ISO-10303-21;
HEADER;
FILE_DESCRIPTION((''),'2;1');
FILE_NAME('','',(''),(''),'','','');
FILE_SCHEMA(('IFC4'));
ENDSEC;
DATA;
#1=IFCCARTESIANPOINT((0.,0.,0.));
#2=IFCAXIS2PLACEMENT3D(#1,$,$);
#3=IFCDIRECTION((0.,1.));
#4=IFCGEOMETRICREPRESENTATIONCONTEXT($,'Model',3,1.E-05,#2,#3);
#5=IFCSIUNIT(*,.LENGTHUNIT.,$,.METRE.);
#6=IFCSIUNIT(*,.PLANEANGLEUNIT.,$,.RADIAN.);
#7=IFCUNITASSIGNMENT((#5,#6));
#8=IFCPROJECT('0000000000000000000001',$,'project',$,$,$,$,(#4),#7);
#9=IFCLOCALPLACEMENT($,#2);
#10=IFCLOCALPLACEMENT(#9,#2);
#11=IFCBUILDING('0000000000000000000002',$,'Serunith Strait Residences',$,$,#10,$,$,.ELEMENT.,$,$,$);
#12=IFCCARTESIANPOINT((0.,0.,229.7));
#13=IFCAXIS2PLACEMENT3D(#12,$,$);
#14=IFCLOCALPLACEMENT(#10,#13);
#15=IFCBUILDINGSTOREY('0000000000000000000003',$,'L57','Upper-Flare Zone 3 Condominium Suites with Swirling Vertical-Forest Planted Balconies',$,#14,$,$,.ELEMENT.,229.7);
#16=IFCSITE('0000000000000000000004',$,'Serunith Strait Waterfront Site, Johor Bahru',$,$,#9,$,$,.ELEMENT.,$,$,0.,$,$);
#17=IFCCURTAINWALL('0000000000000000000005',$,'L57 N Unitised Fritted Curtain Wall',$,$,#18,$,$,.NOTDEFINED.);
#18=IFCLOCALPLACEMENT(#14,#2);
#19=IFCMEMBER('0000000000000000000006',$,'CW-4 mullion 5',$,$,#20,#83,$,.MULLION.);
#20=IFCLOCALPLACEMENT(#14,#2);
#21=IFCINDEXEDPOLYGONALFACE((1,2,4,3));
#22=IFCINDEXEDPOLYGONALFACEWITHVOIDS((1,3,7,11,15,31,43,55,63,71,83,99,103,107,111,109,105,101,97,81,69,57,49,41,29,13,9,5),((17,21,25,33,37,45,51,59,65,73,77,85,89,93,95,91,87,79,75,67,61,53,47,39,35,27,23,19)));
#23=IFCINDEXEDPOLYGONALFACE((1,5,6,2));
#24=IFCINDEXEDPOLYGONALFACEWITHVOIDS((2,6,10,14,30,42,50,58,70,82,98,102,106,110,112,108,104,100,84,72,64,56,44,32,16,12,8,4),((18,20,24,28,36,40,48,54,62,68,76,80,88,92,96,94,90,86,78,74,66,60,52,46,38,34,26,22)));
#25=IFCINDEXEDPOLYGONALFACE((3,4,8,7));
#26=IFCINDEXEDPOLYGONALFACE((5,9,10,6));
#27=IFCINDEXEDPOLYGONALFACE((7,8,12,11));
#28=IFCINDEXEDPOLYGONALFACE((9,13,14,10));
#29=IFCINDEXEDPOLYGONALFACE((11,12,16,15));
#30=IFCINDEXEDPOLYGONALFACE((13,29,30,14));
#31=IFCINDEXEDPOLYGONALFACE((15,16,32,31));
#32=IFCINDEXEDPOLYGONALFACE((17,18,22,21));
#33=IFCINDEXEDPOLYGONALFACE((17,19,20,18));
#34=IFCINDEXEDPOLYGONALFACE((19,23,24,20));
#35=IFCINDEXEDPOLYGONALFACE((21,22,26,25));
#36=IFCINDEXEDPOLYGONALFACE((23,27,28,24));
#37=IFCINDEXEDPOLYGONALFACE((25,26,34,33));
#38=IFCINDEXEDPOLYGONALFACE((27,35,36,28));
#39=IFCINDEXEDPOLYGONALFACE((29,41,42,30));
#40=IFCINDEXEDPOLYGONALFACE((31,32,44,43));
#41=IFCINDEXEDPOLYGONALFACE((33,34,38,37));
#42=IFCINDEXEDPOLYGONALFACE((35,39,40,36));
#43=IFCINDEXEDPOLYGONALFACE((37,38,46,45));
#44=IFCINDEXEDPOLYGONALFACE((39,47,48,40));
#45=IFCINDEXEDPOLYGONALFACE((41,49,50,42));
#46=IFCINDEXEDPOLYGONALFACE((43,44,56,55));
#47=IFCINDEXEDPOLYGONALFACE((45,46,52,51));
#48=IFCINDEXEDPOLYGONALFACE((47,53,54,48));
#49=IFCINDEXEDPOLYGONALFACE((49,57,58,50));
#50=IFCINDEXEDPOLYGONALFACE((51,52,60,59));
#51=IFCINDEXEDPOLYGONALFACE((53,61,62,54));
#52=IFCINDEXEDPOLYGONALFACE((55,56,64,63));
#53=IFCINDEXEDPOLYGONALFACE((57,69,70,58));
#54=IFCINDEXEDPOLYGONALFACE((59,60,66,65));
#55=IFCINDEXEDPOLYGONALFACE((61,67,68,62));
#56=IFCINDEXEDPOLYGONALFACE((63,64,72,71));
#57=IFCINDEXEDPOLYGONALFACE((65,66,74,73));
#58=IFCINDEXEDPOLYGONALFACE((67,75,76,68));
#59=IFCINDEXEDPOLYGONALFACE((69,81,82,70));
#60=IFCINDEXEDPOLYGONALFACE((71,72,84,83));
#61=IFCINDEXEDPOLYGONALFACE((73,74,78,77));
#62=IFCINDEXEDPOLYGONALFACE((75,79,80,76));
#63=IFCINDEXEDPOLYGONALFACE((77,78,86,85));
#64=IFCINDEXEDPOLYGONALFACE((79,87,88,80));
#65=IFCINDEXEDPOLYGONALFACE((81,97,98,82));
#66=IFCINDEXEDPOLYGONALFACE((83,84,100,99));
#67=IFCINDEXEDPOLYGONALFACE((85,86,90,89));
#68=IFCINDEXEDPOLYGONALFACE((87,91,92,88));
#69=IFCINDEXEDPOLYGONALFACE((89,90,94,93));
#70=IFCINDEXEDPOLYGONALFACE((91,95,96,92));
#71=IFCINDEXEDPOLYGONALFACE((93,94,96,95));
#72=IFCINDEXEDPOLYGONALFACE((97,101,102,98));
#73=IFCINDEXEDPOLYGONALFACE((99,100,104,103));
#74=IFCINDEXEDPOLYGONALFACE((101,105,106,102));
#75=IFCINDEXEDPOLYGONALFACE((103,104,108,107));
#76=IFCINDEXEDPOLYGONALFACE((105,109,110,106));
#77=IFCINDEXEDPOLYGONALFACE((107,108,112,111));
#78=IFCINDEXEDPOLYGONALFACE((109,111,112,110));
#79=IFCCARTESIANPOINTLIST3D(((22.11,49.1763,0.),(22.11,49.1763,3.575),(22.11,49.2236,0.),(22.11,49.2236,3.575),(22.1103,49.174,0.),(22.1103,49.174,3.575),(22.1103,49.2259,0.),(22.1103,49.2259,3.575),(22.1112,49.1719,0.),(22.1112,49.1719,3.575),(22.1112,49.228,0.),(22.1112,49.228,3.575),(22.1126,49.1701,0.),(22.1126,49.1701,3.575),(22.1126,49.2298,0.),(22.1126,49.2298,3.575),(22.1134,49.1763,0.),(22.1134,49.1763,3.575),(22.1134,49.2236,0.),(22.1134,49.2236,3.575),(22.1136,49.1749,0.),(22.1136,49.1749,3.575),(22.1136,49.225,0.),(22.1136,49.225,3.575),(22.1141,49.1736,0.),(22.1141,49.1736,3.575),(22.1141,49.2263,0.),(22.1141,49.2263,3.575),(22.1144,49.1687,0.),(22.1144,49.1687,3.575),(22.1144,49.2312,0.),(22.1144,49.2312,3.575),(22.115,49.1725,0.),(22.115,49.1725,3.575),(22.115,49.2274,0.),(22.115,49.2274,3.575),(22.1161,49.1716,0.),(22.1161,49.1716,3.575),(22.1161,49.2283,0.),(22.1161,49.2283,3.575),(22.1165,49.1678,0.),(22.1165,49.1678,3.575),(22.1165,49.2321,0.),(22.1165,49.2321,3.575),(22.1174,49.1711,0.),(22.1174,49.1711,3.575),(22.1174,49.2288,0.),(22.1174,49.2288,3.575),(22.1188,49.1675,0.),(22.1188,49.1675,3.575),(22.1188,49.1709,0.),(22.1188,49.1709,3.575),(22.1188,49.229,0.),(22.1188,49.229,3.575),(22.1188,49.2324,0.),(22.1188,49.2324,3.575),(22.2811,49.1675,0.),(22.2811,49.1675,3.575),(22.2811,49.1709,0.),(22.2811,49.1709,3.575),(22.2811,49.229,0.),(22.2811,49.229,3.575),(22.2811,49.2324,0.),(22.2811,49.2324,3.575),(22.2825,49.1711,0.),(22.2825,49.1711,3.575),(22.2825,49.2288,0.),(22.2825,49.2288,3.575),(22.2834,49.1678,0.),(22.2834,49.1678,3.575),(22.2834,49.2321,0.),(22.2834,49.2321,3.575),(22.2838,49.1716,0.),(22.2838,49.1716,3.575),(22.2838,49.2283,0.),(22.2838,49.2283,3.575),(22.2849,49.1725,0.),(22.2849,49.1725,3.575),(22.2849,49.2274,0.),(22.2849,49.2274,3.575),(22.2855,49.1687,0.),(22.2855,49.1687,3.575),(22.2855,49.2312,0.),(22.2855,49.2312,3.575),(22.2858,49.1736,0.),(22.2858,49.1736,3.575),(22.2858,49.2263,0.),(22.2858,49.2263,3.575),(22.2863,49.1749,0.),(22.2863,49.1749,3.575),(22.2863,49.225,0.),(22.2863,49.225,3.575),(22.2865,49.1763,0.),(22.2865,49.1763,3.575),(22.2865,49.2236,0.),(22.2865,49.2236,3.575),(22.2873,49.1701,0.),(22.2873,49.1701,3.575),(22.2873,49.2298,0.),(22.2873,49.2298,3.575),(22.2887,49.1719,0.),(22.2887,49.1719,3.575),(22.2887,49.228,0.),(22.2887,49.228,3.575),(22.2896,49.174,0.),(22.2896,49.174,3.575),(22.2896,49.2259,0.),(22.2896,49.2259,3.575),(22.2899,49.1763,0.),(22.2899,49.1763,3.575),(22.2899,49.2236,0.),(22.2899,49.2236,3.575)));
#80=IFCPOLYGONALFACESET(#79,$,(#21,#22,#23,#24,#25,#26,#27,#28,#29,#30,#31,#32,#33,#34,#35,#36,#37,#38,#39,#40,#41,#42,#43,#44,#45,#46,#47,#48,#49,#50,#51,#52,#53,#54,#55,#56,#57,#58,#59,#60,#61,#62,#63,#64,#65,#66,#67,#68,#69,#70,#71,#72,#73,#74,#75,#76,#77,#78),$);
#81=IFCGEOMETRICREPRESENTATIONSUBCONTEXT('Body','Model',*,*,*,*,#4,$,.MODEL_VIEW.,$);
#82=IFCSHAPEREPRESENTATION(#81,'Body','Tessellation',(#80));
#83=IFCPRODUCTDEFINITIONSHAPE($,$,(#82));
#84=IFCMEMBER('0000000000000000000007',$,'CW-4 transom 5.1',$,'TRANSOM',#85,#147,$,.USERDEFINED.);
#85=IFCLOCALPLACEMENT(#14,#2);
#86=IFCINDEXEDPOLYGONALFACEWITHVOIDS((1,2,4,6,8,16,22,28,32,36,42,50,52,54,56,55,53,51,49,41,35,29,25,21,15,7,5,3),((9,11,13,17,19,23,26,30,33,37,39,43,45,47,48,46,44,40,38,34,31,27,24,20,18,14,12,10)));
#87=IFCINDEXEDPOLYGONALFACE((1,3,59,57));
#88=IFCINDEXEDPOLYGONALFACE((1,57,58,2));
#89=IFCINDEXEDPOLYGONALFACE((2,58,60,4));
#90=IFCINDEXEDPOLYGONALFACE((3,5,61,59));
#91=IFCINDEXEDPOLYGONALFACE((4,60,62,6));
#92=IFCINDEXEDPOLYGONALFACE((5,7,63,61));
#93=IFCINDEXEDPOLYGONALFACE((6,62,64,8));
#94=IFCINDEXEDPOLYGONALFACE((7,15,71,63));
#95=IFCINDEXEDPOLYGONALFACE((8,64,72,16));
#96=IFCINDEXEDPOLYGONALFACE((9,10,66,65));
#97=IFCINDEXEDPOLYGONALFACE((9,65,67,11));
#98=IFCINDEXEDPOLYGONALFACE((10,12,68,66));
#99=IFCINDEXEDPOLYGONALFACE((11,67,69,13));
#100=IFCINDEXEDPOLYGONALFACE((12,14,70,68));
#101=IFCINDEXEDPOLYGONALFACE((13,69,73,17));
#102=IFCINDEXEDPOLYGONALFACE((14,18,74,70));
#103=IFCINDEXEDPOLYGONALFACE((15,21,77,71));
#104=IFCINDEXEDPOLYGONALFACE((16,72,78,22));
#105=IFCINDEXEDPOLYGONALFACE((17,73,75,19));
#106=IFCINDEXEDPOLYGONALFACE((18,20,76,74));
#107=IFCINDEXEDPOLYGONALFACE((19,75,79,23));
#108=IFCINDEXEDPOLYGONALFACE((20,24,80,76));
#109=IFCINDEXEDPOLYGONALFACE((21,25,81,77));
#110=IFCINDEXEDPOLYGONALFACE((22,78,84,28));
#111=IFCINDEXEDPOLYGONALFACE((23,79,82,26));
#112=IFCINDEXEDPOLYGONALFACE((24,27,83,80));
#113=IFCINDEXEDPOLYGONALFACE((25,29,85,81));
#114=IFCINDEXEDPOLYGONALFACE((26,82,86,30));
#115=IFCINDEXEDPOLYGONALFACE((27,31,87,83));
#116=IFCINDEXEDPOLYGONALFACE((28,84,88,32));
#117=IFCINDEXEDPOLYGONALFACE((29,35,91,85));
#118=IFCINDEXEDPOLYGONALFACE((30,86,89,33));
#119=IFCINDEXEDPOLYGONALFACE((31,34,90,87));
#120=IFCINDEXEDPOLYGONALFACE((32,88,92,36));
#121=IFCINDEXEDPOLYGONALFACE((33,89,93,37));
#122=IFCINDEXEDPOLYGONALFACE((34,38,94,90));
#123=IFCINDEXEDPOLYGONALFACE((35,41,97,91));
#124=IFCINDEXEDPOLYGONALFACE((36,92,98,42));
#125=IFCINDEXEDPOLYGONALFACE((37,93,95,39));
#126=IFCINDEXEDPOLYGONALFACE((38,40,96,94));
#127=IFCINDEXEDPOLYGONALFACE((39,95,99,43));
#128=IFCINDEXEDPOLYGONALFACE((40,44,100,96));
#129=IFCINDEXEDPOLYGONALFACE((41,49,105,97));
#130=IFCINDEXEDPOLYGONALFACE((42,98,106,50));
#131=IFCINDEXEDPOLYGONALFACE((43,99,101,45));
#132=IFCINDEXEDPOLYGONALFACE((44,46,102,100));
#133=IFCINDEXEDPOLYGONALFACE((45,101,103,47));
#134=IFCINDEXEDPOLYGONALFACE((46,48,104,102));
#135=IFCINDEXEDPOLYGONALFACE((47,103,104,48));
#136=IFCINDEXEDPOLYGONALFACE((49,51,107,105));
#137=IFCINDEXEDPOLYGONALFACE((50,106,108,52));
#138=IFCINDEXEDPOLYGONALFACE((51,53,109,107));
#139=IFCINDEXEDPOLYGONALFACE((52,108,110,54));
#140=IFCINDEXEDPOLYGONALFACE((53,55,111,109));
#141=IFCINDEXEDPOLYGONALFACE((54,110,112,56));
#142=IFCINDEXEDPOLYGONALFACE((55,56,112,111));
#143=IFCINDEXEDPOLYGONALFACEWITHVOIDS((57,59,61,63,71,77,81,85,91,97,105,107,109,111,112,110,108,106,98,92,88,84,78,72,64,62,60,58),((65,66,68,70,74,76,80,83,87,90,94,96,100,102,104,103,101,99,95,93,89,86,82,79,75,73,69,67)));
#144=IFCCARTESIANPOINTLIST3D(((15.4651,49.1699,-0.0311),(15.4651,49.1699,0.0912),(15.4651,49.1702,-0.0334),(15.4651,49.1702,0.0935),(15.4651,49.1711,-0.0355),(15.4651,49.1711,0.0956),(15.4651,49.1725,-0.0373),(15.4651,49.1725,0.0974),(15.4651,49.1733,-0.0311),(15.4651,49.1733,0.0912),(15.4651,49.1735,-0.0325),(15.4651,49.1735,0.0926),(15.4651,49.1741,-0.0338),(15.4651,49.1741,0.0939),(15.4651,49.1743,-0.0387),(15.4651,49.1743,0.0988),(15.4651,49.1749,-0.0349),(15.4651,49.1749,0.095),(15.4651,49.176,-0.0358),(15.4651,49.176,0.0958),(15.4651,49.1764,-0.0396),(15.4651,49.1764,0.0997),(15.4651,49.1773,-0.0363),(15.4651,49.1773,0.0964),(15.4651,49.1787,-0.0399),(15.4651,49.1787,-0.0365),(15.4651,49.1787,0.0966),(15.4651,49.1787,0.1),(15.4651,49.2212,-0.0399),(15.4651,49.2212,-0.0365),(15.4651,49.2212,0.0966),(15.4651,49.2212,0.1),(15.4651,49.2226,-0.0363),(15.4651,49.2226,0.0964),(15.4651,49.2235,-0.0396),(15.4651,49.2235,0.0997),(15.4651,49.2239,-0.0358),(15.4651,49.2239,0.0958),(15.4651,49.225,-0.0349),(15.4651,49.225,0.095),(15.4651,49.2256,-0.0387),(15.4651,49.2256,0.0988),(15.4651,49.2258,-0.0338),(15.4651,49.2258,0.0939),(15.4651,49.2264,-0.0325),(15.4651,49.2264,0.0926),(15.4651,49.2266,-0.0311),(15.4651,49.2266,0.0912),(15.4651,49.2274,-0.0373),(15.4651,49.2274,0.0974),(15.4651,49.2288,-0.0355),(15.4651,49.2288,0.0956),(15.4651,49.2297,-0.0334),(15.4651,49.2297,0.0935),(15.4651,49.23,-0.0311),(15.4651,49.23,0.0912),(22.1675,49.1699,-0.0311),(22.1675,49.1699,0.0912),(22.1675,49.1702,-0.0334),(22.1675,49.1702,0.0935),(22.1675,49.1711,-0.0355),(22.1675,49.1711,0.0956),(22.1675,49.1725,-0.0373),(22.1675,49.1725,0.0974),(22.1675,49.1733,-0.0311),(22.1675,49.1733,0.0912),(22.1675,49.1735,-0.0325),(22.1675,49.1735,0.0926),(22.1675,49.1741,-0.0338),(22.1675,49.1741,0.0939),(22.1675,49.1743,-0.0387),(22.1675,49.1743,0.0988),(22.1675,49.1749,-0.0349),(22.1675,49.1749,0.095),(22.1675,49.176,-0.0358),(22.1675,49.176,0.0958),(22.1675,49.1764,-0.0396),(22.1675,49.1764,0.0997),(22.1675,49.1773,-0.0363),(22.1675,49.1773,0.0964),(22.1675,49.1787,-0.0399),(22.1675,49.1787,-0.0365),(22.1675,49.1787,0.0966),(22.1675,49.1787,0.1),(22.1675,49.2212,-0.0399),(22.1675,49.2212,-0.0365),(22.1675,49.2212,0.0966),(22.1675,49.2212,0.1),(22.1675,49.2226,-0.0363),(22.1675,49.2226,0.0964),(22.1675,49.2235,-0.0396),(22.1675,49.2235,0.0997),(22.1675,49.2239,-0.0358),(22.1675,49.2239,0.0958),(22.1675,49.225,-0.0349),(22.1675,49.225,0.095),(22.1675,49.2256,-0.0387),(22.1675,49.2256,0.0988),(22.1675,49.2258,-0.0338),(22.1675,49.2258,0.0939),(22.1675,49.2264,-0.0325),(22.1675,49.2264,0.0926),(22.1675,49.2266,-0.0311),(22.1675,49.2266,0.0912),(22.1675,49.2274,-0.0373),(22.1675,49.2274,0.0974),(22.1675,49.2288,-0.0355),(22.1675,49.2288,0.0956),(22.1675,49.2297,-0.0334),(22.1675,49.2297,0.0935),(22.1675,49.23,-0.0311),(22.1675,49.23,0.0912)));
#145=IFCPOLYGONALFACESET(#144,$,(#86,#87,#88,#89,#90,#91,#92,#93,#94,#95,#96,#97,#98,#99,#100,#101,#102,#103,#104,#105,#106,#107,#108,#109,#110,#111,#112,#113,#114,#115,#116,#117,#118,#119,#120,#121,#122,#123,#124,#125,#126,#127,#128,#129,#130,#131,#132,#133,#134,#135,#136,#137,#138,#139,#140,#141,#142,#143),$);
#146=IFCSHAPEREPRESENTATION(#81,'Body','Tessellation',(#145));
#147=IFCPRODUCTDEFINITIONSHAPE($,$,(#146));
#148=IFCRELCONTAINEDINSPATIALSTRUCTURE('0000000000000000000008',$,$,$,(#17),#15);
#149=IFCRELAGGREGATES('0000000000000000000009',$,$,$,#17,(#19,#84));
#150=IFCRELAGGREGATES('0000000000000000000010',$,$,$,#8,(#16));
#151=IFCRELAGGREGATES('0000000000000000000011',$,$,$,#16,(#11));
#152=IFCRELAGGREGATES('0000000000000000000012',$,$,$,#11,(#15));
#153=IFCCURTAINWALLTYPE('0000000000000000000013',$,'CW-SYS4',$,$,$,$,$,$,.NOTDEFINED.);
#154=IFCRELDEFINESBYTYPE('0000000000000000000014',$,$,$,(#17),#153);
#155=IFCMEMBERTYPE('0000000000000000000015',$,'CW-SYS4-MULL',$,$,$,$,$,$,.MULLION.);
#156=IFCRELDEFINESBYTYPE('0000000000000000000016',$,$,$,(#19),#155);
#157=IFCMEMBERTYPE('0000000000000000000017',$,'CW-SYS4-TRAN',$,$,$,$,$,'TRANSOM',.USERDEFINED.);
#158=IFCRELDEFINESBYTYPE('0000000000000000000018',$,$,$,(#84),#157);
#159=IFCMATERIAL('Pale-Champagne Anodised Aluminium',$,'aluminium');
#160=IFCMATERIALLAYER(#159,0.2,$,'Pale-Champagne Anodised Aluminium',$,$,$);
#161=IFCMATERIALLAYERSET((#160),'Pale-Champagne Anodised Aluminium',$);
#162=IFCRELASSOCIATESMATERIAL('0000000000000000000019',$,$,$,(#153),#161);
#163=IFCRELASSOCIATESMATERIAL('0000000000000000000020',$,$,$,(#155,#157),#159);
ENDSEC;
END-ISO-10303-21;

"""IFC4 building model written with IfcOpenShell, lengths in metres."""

from ifc_helpers import new_model, si_unit, direction, frame, origin, origin_2d, place, context, subcontext, project, spatial, hollow_rectangle, extrude, source, transform, mapped, material, layer, layer_set, material_profile, profile_set, type_object, element, aggregate, save


model = new_model("IFC4")

# Units and contexts
model_context = context("Model", 3, precision=1e-05, world=origin(), true_north=direction((0.0, 1.0)))
body_context = subcontext(model_context, "Body", "Model", "MODEL_VIEW")
ifc_project = project(units=[si_unit("LENGTHUNIT", "METRE"), si_unit("PLANEANGLEUNIT", "RADIAN")], contexts=[model_context])

# Site, building, storey
site_placement = place(None, origin())
site = spatial("IfcSite", under=ifc_project, at=site_placement, Name="Serunith Strait Waterfront Site, Johor Bahru", CompositionType="ELEMENT", RefElevation=0.0)
building_placement = place(site_placement, origin())
building = spatial("IfcBuilding", under=site, at=building_placement, Name="Serunith Strait Residences", CompositionType="ELEMENT")
storey_placement = place(building_placement, frame((0.0, 0.0, 229.7)))
storey = spatial("IfcBuildingStorey", under=building, at=storey_placement, Name="L57", Description="Upper-Flare Zone 3 Condominium Suites with Swirling Vertical-Forest Planted Balconies", CompositionType="ELEMENT", Elevation=229.7)

# Curtain wall, members
ifc_material_1 = material(Name="Pale-Champagne Anodised Aluminium", Category="aluminium")
ifc_layer_1 = layer(ifc_material_1, 0.2, Name="Pale-Champagne Anodised Aluminium")
ifc_layer_set_1 = layer_set([ifc_layer_1], Name="Pale-Champagne Anodised Aluminium")
curtain_wall_type = type_object("IfcCurtainWallType", Name="CW-SYS4", PredefinedType="NOTDEFINED", material=ifc_layer_set_1)
curtain_wall_placement = place(storey_placement, origin())
curtain_wall = element("IfcCurtainWall", 1, at=curtain_wall_placement, inside=storey, type_object=curtain_wall_type, Name="L57 N Unitised Fritted Curtain Wall", PredefinedType="NOTDEFINED")
ifc_material_profile_1 = material_profile(ifc_material_1, hollow_rectangle(XDim=0.0649, YDim=0.1799, WallThickness=0.0034, InnerFilletRadius=0.0054, OuterFilletRadius=0.0088, at=origin_2d()), Name="ALU 180x65x3.5")
ifc_profile_set_1 = profile_set([ifc_material_profile_1], Name="Pale-Champagne Anodised Aluminium")
member_type_1 = type_object("IfcMemberType", Name="CW-SYS4-MULL", PredefinedType="MULLION", material=ifc_profile_set_1)
shared_shape_1 = source(origin(), body_context, "Body", "SweptSolid", [
    extrude(hollow_rectangle(XDim=0.0649, YDim=0.1799, WallThickness=0.0034, InnerFilletRadius=0.0054, OuterFilletRadius=0.0088, at=origin_2d()), origin(), (0.0, 0.0, 1.0), 3.575),
])
member_1_placement = place(storey_placement, frame((22.2, 49.2, 0.0), z_axis=(0.0, 0.0, 1.0), x_axis=(0.0, -1.0, 0.0)))
member_1 = element("IfcMember", 2, at=member_1_placement, type_object=member_type_1, Name="CW-4 mullion 5", PredefinedType="MULLION", context=body_context, shape_type="MappedRepresentation", body=[
    mapped(shared_shape_1, transform((0.0, 0.0, 0.0), scale=1.0)),
])
ifc_material_profile_2 = material_profile(ifc_material_1, hollow_rectangle(XDim=0.0601, YDim=0.1399, WallThickness=0.0034, InnerFilletRadius=0.0054, OuterFilletRadius=0.0088, at=origin_2d()), Name="ALU 140x60x3.5")
ifc_profile_set_2 = profile_set([ifc_material_profile_2], Name="Pale-Champagne Anodised Aluminium")
member_type_2 = type_object("IfcMemberType", Name="CW-SYS4-TRAN", ElementType="TRANSOM", PredefinedType="USERDEFINED", material=ifc_profile_set_2)
shared_shape_2 = source(origin(), body_context, "Body", "SweptSolid", [
    extrude(hollow_rectangle(XDim=0.0601, YDim=0.1399, WallThickness=0.0034, InnerFilletRadius=0.0054, OuterFilletRadius=0.0088, at=origin_2d()), origin(), (0.0, 0.0, 1.0), 6.7024),
])
member_2_placement = place(storey_placement, frame((22.1675, 49.2, 0.03), z_axis=(-1.0, 0.0, 0.0), x_axis=(0.0, -1.0, 0.0)))
member_2 = element("IfcMember", 3, at=member_2_placement, type_object=member_type_2, Name="CW-4 transom 5.1", ObjectType="TRANSOM", PredefinedType="USERDEFINED", context=body_context, shape_type="MappedRepresentation", body=[
    mapped(shared_shape_2, transform((0.0, 0.0, 0.0), scale=1.0)),
])
aggregate(curtain_wall, [member_1, member_2])

save(model, "model.ifc")
